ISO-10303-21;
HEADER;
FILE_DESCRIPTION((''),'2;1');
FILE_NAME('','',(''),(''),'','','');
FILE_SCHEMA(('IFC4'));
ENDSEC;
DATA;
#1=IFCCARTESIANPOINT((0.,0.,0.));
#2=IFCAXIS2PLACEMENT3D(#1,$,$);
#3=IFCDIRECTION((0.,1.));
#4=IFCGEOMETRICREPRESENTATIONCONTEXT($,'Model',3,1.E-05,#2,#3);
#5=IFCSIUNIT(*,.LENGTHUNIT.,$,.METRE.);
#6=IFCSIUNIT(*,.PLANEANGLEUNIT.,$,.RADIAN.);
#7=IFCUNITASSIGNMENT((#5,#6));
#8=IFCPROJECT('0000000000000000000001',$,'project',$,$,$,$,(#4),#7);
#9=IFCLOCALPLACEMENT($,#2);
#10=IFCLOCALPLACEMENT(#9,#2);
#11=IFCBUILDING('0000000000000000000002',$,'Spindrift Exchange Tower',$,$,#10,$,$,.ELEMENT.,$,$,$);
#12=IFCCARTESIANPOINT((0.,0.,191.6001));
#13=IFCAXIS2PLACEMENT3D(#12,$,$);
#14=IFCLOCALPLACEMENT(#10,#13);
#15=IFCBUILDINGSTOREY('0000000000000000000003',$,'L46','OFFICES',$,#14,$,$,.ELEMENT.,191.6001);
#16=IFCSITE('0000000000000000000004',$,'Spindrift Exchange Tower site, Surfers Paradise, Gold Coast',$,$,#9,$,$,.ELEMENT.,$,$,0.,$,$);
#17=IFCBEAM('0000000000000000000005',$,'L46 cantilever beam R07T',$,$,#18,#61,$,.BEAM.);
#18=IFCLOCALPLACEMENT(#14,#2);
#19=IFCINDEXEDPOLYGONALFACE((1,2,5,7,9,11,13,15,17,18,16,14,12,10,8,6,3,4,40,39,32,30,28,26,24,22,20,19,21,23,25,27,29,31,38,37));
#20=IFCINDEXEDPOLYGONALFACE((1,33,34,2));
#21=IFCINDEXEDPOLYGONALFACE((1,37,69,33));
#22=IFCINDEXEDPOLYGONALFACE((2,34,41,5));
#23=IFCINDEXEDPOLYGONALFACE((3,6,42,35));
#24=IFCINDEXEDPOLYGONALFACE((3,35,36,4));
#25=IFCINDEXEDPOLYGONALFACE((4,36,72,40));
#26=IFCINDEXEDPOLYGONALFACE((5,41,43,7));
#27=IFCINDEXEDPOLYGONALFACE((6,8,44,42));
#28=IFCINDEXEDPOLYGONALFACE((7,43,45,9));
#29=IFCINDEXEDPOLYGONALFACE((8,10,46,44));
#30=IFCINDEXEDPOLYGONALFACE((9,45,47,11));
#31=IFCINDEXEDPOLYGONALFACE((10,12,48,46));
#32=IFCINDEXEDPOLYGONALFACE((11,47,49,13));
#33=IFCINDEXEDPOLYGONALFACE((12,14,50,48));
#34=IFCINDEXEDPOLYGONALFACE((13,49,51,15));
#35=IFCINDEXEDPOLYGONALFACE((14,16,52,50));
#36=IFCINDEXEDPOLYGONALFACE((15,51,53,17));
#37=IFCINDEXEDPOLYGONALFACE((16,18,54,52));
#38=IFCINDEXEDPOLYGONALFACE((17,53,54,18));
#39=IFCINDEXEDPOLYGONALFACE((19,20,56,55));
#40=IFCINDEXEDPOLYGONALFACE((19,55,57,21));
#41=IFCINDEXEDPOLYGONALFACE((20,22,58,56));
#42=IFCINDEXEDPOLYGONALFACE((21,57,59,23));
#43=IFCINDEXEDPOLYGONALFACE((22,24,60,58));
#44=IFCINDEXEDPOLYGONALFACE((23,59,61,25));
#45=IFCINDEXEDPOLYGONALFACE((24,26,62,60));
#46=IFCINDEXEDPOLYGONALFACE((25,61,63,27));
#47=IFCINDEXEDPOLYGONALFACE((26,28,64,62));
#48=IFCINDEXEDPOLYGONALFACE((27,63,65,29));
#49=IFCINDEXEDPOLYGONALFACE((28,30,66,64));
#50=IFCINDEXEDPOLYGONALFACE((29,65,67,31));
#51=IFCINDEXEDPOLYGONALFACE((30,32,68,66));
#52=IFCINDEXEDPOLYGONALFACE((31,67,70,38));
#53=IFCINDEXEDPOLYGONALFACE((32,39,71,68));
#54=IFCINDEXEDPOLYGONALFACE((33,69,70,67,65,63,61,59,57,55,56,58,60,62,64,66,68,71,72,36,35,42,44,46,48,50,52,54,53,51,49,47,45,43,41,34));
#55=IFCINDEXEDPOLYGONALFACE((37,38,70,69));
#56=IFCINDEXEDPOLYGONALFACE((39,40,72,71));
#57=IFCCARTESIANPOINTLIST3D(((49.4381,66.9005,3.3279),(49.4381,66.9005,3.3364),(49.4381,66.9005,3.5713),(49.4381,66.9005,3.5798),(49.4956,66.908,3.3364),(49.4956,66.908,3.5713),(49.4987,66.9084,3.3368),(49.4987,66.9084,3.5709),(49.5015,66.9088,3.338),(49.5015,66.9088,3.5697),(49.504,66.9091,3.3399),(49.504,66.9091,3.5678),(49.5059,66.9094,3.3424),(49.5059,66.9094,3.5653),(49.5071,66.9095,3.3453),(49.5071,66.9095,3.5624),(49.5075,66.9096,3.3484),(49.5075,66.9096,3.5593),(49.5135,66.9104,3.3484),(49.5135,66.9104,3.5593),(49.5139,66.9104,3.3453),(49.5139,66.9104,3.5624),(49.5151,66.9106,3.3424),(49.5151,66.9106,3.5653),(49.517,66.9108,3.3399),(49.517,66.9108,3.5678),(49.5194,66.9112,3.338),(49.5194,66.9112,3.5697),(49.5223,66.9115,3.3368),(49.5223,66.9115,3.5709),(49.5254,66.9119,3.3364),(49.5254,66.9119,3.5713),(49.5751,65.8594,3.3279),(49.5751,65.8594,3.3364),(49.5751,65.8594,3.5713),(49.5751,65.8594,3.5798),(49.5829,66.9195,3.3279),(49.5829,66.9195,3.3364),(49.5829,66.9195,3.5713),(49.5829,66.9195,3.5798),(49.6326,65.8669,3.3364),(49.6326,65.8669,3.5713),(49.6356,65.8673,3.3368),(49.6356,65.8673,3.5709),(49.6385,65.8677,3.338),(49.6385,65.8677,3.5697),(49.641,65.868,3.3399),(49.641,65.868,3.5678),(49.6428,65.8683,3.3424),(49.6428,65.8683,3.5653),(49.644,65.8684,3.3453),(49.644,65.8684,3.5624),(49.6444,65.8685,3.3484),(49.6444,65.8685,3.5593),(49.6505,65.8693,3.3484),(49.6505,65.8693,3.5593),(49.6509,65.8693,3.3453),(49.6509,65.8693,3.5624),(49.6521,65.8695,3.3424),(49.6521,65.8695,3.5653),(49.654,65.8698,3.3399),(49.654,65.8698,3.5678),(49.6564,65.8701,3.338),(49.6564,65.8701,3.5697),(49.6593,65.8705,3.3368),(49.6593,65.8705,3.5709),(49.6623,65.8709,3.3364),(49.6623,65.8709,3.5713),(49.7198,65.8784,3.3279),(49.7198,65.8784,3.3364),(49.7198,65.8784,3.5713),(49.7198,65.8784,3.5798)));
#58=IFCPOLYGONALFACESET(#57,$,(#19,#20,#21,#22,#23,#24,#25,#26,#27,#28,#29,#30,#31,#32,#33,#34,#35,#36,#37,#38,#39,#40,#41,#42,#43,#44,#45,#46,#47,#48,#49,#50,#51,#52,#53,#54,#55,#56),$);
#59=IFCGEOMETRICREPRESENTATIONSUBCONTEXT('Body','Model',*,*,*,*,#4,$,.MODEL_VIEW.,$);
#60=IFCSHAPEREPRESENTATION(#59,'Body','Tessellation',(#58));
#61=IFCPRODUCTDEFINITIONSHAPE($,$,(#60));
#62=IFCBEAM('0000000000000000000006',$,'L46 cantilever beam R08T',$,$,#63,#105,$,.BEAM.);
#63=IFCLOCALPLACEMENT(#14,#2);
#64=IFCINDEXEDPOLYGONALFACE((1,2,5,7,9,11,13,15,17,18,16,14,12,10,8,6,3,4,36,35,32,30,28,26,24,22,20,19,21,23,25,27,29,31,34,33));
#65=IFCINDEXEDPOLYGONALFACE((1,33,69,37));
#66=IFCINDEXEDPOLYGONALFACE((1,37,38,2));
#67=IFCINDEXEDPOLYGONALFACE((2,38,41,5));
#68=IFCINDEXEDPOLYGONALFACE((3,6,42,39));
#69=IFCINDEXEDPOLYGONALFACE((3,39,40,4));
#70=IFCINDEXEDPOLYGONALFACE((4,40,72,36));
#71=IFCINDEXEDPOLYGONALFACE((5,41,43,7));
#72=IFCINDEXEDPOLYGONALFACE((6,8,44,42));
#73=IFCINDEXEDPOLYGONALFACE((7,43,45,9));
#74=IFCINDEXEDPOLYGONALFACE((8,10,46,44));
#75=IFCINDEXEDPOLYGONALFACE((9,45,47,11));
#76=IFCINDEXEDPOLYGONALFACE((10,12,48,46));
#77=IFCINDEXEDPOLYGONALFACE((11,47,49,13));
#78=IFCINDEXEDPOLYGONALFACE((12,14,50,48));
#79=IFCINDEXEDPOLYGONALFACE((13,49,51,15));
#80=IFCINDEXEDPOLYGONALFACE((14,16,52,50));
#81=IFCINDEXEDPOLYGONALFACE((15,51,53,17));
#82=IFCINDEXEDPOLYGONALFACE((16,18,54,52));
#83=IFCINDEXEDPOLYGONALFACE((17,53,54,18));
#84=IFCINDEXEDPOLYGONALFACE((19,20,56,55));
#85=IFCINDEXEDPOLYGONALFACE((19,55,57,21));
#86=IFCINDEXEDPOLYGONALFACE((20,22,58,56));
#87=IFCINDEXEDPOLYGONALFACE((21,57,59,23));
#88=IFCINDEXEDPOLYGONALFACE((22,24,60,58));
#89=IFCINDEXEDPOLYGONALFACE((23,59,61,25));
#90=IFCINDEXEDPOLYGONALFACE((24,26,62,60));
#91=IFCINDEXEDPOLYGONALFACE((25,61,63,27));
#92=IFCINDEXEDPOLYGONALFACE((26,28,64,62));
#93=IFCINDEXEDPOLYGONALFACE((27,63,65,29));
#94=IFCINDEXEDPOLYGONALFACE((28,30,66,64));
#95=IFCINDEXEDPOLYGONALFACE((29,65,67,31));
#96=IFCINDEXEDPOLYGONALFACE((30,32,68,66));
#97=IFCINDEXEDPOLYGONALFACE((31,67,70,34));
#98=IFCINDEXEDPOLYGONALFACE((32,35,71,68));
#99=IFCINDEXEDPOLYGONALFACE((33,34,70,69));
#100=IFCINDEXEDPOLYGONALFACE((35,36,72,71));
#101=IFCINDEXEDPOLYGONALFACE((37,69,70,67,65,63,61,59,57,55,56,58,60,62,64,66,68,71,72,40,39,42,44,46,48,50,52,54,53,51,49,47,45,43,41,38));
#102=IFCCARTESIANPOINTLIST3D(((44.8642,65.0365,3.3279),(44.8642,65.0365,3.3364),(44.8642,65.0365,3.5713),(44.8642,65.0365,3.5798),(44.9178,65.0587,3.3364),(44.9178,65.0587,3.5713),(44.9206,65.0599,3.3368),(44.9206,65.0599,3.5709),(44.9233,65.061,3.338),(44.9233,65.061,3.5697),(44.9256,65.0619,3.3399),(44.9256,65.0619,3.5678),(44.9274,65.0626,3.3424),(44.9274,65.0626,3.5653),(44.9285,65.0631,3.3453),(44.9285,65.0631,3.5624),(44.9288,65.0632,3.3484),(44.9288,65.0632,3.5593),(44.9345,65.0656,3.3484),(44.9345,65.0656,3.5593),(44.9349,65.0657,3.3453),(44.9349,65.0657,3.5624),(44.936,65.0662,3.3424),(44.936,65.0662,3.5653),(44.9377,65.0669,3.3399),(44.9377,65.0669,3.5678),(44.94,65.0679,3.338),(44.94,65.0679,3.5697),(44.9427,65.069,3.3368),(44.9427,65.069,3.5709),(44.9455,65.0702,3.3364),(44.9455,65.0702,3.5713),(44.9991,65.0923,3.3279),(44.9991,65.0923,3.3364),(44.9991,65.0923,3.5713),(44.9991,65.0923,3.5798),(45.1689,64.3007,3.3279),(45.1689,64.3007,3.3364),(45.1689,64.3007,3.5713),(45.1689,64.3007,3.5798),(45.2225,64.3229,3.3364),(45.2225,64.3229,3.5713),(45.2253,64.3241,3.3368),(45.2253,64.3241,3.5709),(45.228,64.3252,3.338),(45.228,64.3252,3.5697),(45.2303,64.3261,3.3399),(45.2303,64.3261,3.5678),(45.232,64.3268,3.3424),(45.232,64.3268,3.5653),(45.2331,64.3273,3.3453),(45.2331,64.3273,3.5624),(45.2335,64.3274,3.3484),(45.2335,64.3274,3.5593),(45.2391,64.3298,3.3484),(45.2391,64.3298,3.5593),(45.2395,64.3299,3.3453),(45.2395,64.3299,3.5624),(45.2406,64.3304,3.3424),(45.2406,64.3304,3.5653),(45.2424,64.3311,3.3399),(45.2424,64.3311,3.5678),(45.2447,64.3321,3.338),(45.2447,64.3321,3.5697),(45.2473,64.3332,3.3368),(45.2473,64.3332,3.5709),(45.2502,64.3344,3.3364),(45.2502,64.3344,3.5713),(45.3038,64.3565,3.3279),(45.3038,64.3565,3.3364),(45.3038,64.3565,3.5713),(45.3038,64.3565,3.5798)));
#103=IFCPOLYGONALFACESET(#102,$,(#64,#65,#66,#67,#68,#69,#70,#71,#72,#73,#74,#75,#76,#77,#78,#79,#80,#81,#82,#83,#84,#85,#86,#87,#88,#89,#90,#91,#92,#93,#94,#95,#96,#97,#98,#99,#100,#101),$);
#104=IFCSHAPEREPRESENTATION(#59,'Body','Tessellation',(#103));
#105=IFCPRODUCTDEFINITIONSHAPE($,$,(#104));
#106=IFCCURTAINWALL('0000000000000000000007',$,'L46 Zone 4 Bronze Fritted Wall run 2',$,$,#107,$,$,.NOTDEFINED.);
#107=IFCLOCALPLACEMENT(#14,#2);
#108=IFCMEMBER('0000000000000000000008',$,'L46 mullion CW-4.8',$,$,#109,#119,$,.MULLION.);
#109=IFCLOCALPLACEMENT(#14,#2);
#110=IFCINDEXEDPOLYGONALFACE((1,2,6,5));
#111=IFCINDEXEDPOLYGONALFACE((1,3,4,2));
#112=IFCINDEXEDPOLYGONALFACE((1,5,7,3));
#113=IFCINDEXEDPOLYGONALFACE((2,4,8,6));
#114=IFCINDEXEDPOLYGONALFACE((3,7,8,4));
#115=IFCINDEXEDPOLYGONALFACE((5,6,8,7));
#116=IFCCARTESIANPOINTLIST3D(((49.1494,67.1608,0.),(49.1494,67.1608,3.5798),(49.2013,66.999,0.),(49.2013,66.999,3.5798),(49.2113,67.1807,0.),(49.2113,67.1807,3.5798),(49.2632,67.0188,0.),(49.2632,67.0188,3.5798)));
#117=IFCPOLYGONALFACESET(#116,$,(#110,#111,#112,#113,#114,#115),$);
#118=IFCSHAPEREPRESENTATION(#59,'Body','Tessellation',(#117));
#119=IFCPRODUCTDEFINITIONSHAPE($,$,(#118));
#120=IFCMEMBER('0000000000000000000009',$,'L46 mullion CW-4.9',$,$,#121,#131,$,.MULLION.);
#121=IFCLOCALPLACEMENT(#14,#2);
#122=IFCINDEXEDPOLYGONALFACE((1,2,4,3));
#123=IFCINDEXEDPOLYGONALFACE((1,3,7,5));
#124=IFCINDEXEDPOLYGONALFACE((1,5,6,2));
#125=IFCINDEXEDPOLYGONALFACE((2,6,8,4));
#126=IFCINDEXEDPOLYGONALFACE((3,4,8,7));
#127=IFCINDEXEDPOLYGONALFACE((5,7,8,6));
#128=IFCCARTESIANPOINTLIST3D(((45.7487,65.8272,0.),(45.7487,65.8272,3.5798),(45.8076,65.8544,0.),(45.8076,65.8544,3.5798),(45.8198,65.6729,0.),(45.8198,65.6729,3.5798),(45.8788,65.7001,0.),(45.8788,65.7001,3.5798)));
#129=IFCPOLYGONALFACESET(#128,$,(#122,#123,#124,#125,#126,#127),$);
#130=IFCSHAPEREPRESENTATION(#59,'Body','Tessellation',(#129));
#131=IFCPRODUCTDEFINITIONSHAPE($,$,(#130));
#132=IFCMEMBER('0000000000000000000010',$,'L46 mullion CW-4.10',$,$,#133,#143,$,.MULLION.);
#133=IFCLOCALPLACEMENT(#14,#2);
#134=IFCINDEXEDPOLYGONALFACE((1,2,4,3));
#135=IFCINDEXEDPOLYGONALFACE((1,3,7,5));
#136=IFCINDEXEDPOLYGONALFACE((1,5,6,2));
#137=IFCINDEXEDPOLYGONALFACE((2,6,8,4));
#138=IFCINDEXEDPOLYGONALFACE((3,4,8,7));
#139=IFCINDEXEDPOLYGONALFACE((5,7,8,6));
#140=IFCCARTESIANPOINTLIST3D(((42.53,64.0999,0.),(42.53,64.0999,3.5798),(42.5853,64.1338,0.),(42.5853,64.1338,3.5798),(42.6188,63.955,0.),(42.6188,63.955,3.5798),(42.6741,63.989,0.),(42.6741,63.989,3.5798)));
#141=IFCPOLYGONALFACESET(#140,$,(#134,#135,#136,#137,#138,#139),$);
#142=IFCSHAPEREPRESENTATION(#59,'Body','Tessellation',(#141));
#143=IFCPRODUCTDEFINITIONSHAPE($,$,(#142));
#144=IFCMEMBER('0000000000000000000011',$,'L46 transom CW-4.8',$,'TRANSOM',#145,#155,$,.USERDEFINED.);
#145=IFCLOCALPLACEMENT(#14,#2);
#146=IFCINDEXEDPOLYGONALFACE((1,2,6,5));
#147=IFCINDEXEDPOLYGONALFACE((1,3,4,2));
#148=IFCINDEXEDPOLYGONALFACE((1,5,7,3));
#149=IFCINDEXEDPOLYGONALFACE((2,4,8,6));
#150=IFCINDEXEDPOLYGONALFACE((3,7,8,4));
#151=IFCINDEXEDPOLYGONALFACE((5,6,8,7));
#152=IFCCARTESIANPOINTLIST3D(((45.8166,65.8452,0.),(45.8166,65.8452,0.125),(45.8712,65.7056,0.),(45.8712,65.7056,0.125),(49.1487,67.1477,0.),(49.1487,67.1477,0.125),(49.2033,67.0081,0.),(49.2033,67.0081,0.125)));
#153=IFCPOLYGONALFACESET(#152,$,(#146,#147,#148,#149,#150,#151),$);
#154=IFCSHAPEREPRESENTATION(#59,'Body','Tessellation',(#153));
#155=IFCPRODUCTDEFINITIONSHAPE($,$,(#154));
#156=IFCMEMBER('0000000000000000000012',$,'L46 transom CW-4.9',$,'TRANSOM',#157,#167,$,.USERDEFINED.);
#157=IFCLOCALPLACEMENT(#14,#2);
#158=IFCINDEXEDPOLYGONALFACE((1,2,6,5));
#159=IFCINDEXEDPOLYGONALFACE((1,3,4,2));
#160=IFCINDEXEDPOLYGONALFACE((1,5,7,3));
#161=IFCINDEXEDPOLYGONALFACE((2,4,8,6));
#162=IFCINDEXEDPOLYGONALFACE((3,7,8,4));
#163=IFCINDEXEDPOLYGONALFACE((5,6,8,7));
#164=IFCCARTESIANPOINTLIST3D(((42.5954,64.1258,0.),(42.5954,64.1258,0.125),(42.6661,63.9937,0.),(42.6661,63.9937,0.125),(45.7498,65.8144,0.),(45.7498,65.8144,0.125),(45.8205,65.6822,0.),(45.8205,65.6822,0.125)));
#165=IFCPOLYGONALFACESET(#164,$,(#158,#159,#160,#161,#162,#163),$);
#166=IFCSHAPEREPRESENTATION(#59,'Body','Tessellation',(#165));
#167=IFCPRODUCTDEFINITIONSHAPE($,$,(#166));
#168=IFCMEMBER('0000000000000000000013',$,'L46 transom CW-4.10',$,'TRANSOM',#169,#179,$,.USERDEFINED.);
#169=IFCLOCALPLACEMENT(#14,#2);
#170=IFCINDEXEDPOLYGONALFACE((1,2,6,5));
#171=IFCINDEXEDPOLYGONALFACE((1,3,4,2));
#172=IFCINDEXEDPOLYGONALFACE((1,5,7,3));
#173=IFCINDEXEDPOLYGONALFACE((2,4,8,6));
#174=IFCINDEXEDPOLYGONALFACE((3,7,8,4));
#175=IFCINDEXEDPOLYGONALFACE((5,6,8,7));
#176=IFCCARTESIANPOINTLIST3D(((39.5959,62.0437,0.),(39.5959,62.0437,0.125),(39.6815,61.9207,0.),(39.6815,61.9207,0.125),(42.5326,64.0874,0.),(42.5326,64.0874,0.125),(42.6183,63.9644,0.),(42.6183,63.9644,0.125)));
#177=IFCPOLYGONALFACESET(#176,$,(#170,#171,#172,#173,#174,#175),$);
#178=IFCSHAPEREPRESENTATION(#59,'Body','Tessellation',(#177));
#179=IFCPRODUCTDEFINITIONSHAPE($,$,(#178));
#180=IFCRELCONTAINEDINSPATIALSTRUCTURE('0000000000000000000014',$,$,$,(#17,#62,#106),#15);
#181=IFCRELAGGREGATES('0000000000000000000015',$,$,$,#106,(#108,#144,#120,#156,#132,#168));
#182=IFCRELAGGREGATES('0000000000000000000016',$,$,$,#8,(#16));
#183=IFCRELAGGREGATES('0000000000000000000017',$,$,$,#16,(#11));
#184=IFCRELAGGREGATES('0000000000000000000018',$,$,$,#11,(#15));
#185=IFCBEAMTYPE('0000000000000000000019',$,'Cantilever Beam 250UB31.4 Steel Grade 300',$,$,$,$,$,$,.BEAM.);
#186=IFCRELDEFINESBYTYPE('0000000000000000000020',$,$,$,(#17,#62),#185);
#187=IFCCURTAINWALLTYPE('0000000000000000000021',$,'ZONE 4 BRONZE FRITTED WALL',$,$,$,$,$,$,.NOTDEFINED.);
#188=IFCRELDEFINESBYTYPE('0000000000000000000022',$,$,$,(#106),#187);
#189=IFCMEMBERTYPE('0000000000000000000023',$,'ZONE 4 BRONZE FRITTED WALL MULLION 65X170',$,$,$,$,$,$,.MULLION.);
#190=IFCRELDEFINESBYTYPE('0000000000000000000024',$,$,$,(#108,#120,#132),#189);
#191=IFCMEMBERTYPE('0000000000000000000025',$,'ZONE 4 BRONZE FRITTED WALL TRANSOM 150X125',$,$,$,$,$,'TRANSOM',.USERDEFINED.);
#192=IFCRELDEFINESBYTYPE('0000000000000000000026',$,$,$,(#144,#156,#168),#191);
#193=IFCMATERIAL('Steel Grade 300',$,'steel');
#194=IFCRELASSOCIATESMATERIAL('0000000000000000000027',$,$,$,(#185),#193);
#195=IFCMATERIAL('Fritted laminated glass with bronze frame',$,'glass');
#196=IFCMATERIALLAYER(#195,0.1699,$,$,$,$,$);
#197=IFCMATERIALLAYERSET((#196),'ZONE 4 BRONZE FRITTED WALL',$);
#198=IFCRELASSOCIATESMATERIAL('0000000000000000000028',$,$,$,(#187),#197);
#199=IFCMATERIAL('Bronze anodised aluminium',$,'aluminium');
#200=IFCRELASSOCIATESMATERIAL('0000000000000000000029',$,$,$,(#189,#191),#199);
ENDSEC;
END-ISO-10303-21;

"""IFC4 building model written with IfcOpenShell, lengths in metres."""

from ifc_helpers import new_model, si_unit, direction, frame, origin, origin_2d, place, context, subcontext, project, spatial, rectangle, i_section, extrude, source, transform, mapped, material, layer, layer_set, material_profile, profile_set, type_object, element, aggregate, save


model = new_model("IFC4")

# Units and contexts
model_context = context("Model", 3, precision=1e-05, world=origin(), true_north=direction((0.0, 1.0)))
body_context = subcontext(model_context, "Body", "Model", "MODEL_VIEW")
ifc_project = project(units=[si_unit("LENGTHUNIT", "METRE"), si_unit("PLANEANGLEUNIT", "RADIAN")], contexts=[model_context])

# Site, building, storey
site_placement = place(None, origin())
site = spatial("IfcSite", under=ifc_project, at=site_placement, Name="Spindrift Exchange Tower site, Surfers Paradise, Gold Coast", CompositionType="ELEMENT", RefElevation=0.0)
building_placement = place(site_placement, origin())
building = spatial("IfcBuilding", under=site, at=building_placement, Name="Spindrift Exchange Tower", CompositionType="ELEMENT")
storey_placement = place(building_placement, frame((0.0, 0.0, 191.6001)))
storey = spatial("IfcBuildingStorey", under=building, at=storey_placement, Name="L46", Description="OFFICES", CompositionType="ELEMENT", Elevation=191.6001)

# Beams
ifc_material_1 = material(Name="Steel Grade 300", Category="steel")
ifc_material_profile_1 = material_profile(ifc_material_1, i_section(OverallWidth=0.146, OverallDepth=0.252, WebThickness=0.0061, FlangeThickness=0.0085, FilletRadius=0.012, at=origin_2d()), Name="250UB31.4")
ifc_profile_set_1 = profile_set([ifc_material_profile_1], Name="Steel Grade 300")
beam_type_1 = type_object("IfcBeamType", Name="Cantilever Beam 250UB31.4 Steel Grade 300", PredefinedType="BEAM", material=ifc_profile_set_1)
shared_shape_1 = source(origin(), body_context, "Body", "SweptSolid", [
    extrude(i_section(OverallWidth=0.146, OverallDepth=0.252, WebThickness=0.0061, FlangeThickness=0.0085, FilletRadius=0.012, at=origin_2d()), origin(), (0.0, 0.0, 1.0), 1.05),
])
beam_1_placement = place(storey_placement, frame((49.6475, 65.8689, 3.4539), z_axis=(-0.130442, 0.991456, 0.0), x_axis=(-0.991456, -0.130442, 0.0)))
element("IfcBeam", 1, at=beam_1_placement, inside=storey, type_object=beam_type_1, Name="L46 cantilever beam R07T", PredefinedType="BEAM", context=body_context, shape_type="MappedRepresentation", body=[
    mapped(shared_shape_1, transform((0.0, 0.0, 0.0), scale=1.0)),
])
shared_shape_2 = source(origin(), body_context, "Body", "SweptSolid", [
    extrude(i_section(OverallWidth=0.146, OverallDepth=0.252, WebThickness=0.0061, FlangeThickness=0.0085, FilletRadius=0.012, at=origin_2d()), origin(), (0.0, 0.0, 1.0), 0.7964),
])
beam_2_placement = place(storey_placement, frame((45.2363, 64.3286, 3.4539), z_axis=(-0.382568, 0.923927, 0.0), x_axis=(-0.923927, -0.382568, 0.0)))
element("IfcBeam", 2, at=beam_2_placement, inside=storey, type_object=beam_type_1, Name="L46 cantilever beam R08T", PredefinedType="BEAM", context=body_context, shape_type="MappedRepresentation", body=[
    mapped(shared_shape_2, transform((0.0, 0.0, 0.0), scale=1.0)),
])

# Curtain wall, members
ifc_material_2 = material(Name="Fritted laminated glass with bronze frame", Category="glass")
ifc_layer_1 = layer(ifc_material_2, 0.1699)
ifc_layer_set_1 = layer_set([ifc_layer_1], Name="ZONE 4 BRONZE FRITTED WALL")
curtain_wall_type = type_object("IfcCurtainWallType", Name="ZONE 4 BRONZE FRITTED WALL", PredefinedType="NOTDEFINED", material=ifc_layer_set_1)
curtain_wall_placement = place(storey_placement, origin())
curtain_wall = element("IfcCurtainWall", 3, at=curtain_wall_placement, inside=storey, type_object=curtain_wall_type, Name="L46 Zone 4 Bronze Fritted Wall run 2", PredefinedType="NOTDEFINED")
ifc_material_3 = material(Name="Bronze anodised aluminium", Category="aluminium")
ifc_material_profile_2 = material_profile(ifc_material_3, rectangle(XDim=0.0649, YDim=0.1699, at=origin_2d()), Name="ZONE 4 BRONZE FRITTED WALL MULLION 65X170")
ifc_profile_set_2 = profile_set([ifc_material_profile_2], Name="Bronze anodised aluminium")
member_type_1 = type_object("IfcMemberType", Name="ZONE 4 BRONZE FRITTED WALL MULLION 65X170", PredefinedType="MULLION", material=ifc_profile_set_2)
shared_shape_3 = source(origin(), body_context, "Body", "SweptSolid", [
    extrude(rectangle(XDim=0.0649, YDim=0.1699, at=origin_2d()), origin(), (0.0, 0.0, 1.0), 3.5798),
])
member_1_placement = place(storey_placement, frame((49.2063, 67.0898, 0.0), z_axis=(0.0, 0.0, 1.0), x_axis=(-0.95227, -0.305257, 0.0)))
member_1 = element("IfcMember", 4, at=member_1_placement, type_object=member_type_1, Name="L46 mullion CW-4.8", PredefinedType="MULLION", context=body_context, shape_type="MappedRepresentation", body=[
    mapped(shared_shape_3, transform((0.0, 0.0, 0.0), scale=1.0)),
])
member_2_placement = place(storey_placement, frame((45.8137, 65.7637, 0.0), z_axis=(0.0, 0.0, 1.0), x_axis=(-0.908103, -0.418747, 0.0)))
member_2 = element("IfcMember", 5, at=member_2_placement, type_object=member_type_1, Name="L46 mullion CW-4.9", PredefinedType="MULLION", context=body_context, shape_type="MappedRepresentation", body=[
    mapped(shared_shape_3, transform((0.0, 0.0, 0.0), scale=1.0)),
])
member_3_placement = place(storey_placement, frame((42.6021, 64.0444, 0.0), z_axis=(0.0, 0.0, 1.0), x_axis=(-0.852665, -0.522458, 0.0)))
member_3 = element("IfcMember", 6, at=member_3_placement, type_object=member_type_1, Name="L46 mullion CW-4.10", PredefinedType="MULLION", context=body_context, shape_type="MappedRepresentation", body=[
    mapped(shared_shape_3, transform((0.0, 0.0, 0.0), scale=1.0)),
])
ifc_material_profile_3 = material_profile(ifc_material_3, rectangle(XDim=0.1499, YDim=0.125, at=origin_2d()), Name="ZONE 4 BRONZE FRITTED WALL TRANSOM 150X125")
ifc_profile_set_3 = profile_set([ifc_material_profile_3], Name="Bronze anodised aluminium")
member_type_2 = type_object("IfcMemberType", Name="ZONE 4 BRONZE FRITTED WALL TRANSOM 150X125", ElementType="TRANSOM", PredefinedType="USERDEFINED", material=ifc_profile_set_3)
shared_shape_4 = source(origin(), body_context, "Body", "SweptSolid", [
    extrude(rectangle(XDim=0.1499, YDim=0.125, at=origin_2d()), origin(), (0.0, 0.0, 1.0), 3.5776),
])
member_4_placement = place(storey_placement, frame((49.176, 67.0779, 0.0625), z_axis=(-0.931371, -0.364073, 0.0), x_axis=(0.364073, -0.931371, 0.0)))
member_4 = element("IfcMember", 7, at=member_4_placement, type_object=member_type_2, Name="L46 transom CW-4.8", ObjectType="TRANSOM", PredefinedType="USERDEFINED", context=body_context, shape_type="MappedRepresentation", body=[
    mapped(shared_shape_4, transform((0.0, 0.0, 0.0), scale=1.0)),
])
shared_shape_5 = source(origin(), body_context, "Body", "SweptSolid", [
    extrude(rectangle(XDim=0.1499, YDim=0.125, at=origin_2d()), origin(), (0.0, 0.0, 1.0), 3.5779),
])
member_5_placement = place(storey_placement, frame((45.7852, 65.7483, 0.0625), z_axis=(-0.881634, -0.471934, 0.0), x_axis=(0.471934, -0.881634, 0.0)))
member_5 = element("IfcMember", 8, at=member_5_placement, type_object=member_type_2, Name="L46 transom CW-4.9", ObjectType="TRANSOM", PredefinedType="USERDEFINED", context=body_context, shape_type="MappedRepresentation", body=[
    mapped(shared_shape_5, transform((0.0, 0.0, 0.0), scale=1.0)),
])
member_6_placement = place(storey_placement, frame((42.5754, 64.0259, 0.0625), z_axis=(-0.820809, -0.571202, 0.0), x_axis=(0.571202, -0.820809, 0.0)))
member_6 = element("IfcMember", 9, at=member_6_placement, type_object=member_type_2, Name="L46 transom CW-4.10", ObjectType="TRANSOM", PredefinedType="USERDEFINED", context=body_context, shape_type="MappedRepresentation", body=[
    mapped(shared_shape_5, transform((0.0, 0.0, 0.0), scale=1.0)),
])
aggregate(curtain_wall, [member_1, member_4, member_2, member_5, member_3, member_6])

save(model, "model.ifc")
